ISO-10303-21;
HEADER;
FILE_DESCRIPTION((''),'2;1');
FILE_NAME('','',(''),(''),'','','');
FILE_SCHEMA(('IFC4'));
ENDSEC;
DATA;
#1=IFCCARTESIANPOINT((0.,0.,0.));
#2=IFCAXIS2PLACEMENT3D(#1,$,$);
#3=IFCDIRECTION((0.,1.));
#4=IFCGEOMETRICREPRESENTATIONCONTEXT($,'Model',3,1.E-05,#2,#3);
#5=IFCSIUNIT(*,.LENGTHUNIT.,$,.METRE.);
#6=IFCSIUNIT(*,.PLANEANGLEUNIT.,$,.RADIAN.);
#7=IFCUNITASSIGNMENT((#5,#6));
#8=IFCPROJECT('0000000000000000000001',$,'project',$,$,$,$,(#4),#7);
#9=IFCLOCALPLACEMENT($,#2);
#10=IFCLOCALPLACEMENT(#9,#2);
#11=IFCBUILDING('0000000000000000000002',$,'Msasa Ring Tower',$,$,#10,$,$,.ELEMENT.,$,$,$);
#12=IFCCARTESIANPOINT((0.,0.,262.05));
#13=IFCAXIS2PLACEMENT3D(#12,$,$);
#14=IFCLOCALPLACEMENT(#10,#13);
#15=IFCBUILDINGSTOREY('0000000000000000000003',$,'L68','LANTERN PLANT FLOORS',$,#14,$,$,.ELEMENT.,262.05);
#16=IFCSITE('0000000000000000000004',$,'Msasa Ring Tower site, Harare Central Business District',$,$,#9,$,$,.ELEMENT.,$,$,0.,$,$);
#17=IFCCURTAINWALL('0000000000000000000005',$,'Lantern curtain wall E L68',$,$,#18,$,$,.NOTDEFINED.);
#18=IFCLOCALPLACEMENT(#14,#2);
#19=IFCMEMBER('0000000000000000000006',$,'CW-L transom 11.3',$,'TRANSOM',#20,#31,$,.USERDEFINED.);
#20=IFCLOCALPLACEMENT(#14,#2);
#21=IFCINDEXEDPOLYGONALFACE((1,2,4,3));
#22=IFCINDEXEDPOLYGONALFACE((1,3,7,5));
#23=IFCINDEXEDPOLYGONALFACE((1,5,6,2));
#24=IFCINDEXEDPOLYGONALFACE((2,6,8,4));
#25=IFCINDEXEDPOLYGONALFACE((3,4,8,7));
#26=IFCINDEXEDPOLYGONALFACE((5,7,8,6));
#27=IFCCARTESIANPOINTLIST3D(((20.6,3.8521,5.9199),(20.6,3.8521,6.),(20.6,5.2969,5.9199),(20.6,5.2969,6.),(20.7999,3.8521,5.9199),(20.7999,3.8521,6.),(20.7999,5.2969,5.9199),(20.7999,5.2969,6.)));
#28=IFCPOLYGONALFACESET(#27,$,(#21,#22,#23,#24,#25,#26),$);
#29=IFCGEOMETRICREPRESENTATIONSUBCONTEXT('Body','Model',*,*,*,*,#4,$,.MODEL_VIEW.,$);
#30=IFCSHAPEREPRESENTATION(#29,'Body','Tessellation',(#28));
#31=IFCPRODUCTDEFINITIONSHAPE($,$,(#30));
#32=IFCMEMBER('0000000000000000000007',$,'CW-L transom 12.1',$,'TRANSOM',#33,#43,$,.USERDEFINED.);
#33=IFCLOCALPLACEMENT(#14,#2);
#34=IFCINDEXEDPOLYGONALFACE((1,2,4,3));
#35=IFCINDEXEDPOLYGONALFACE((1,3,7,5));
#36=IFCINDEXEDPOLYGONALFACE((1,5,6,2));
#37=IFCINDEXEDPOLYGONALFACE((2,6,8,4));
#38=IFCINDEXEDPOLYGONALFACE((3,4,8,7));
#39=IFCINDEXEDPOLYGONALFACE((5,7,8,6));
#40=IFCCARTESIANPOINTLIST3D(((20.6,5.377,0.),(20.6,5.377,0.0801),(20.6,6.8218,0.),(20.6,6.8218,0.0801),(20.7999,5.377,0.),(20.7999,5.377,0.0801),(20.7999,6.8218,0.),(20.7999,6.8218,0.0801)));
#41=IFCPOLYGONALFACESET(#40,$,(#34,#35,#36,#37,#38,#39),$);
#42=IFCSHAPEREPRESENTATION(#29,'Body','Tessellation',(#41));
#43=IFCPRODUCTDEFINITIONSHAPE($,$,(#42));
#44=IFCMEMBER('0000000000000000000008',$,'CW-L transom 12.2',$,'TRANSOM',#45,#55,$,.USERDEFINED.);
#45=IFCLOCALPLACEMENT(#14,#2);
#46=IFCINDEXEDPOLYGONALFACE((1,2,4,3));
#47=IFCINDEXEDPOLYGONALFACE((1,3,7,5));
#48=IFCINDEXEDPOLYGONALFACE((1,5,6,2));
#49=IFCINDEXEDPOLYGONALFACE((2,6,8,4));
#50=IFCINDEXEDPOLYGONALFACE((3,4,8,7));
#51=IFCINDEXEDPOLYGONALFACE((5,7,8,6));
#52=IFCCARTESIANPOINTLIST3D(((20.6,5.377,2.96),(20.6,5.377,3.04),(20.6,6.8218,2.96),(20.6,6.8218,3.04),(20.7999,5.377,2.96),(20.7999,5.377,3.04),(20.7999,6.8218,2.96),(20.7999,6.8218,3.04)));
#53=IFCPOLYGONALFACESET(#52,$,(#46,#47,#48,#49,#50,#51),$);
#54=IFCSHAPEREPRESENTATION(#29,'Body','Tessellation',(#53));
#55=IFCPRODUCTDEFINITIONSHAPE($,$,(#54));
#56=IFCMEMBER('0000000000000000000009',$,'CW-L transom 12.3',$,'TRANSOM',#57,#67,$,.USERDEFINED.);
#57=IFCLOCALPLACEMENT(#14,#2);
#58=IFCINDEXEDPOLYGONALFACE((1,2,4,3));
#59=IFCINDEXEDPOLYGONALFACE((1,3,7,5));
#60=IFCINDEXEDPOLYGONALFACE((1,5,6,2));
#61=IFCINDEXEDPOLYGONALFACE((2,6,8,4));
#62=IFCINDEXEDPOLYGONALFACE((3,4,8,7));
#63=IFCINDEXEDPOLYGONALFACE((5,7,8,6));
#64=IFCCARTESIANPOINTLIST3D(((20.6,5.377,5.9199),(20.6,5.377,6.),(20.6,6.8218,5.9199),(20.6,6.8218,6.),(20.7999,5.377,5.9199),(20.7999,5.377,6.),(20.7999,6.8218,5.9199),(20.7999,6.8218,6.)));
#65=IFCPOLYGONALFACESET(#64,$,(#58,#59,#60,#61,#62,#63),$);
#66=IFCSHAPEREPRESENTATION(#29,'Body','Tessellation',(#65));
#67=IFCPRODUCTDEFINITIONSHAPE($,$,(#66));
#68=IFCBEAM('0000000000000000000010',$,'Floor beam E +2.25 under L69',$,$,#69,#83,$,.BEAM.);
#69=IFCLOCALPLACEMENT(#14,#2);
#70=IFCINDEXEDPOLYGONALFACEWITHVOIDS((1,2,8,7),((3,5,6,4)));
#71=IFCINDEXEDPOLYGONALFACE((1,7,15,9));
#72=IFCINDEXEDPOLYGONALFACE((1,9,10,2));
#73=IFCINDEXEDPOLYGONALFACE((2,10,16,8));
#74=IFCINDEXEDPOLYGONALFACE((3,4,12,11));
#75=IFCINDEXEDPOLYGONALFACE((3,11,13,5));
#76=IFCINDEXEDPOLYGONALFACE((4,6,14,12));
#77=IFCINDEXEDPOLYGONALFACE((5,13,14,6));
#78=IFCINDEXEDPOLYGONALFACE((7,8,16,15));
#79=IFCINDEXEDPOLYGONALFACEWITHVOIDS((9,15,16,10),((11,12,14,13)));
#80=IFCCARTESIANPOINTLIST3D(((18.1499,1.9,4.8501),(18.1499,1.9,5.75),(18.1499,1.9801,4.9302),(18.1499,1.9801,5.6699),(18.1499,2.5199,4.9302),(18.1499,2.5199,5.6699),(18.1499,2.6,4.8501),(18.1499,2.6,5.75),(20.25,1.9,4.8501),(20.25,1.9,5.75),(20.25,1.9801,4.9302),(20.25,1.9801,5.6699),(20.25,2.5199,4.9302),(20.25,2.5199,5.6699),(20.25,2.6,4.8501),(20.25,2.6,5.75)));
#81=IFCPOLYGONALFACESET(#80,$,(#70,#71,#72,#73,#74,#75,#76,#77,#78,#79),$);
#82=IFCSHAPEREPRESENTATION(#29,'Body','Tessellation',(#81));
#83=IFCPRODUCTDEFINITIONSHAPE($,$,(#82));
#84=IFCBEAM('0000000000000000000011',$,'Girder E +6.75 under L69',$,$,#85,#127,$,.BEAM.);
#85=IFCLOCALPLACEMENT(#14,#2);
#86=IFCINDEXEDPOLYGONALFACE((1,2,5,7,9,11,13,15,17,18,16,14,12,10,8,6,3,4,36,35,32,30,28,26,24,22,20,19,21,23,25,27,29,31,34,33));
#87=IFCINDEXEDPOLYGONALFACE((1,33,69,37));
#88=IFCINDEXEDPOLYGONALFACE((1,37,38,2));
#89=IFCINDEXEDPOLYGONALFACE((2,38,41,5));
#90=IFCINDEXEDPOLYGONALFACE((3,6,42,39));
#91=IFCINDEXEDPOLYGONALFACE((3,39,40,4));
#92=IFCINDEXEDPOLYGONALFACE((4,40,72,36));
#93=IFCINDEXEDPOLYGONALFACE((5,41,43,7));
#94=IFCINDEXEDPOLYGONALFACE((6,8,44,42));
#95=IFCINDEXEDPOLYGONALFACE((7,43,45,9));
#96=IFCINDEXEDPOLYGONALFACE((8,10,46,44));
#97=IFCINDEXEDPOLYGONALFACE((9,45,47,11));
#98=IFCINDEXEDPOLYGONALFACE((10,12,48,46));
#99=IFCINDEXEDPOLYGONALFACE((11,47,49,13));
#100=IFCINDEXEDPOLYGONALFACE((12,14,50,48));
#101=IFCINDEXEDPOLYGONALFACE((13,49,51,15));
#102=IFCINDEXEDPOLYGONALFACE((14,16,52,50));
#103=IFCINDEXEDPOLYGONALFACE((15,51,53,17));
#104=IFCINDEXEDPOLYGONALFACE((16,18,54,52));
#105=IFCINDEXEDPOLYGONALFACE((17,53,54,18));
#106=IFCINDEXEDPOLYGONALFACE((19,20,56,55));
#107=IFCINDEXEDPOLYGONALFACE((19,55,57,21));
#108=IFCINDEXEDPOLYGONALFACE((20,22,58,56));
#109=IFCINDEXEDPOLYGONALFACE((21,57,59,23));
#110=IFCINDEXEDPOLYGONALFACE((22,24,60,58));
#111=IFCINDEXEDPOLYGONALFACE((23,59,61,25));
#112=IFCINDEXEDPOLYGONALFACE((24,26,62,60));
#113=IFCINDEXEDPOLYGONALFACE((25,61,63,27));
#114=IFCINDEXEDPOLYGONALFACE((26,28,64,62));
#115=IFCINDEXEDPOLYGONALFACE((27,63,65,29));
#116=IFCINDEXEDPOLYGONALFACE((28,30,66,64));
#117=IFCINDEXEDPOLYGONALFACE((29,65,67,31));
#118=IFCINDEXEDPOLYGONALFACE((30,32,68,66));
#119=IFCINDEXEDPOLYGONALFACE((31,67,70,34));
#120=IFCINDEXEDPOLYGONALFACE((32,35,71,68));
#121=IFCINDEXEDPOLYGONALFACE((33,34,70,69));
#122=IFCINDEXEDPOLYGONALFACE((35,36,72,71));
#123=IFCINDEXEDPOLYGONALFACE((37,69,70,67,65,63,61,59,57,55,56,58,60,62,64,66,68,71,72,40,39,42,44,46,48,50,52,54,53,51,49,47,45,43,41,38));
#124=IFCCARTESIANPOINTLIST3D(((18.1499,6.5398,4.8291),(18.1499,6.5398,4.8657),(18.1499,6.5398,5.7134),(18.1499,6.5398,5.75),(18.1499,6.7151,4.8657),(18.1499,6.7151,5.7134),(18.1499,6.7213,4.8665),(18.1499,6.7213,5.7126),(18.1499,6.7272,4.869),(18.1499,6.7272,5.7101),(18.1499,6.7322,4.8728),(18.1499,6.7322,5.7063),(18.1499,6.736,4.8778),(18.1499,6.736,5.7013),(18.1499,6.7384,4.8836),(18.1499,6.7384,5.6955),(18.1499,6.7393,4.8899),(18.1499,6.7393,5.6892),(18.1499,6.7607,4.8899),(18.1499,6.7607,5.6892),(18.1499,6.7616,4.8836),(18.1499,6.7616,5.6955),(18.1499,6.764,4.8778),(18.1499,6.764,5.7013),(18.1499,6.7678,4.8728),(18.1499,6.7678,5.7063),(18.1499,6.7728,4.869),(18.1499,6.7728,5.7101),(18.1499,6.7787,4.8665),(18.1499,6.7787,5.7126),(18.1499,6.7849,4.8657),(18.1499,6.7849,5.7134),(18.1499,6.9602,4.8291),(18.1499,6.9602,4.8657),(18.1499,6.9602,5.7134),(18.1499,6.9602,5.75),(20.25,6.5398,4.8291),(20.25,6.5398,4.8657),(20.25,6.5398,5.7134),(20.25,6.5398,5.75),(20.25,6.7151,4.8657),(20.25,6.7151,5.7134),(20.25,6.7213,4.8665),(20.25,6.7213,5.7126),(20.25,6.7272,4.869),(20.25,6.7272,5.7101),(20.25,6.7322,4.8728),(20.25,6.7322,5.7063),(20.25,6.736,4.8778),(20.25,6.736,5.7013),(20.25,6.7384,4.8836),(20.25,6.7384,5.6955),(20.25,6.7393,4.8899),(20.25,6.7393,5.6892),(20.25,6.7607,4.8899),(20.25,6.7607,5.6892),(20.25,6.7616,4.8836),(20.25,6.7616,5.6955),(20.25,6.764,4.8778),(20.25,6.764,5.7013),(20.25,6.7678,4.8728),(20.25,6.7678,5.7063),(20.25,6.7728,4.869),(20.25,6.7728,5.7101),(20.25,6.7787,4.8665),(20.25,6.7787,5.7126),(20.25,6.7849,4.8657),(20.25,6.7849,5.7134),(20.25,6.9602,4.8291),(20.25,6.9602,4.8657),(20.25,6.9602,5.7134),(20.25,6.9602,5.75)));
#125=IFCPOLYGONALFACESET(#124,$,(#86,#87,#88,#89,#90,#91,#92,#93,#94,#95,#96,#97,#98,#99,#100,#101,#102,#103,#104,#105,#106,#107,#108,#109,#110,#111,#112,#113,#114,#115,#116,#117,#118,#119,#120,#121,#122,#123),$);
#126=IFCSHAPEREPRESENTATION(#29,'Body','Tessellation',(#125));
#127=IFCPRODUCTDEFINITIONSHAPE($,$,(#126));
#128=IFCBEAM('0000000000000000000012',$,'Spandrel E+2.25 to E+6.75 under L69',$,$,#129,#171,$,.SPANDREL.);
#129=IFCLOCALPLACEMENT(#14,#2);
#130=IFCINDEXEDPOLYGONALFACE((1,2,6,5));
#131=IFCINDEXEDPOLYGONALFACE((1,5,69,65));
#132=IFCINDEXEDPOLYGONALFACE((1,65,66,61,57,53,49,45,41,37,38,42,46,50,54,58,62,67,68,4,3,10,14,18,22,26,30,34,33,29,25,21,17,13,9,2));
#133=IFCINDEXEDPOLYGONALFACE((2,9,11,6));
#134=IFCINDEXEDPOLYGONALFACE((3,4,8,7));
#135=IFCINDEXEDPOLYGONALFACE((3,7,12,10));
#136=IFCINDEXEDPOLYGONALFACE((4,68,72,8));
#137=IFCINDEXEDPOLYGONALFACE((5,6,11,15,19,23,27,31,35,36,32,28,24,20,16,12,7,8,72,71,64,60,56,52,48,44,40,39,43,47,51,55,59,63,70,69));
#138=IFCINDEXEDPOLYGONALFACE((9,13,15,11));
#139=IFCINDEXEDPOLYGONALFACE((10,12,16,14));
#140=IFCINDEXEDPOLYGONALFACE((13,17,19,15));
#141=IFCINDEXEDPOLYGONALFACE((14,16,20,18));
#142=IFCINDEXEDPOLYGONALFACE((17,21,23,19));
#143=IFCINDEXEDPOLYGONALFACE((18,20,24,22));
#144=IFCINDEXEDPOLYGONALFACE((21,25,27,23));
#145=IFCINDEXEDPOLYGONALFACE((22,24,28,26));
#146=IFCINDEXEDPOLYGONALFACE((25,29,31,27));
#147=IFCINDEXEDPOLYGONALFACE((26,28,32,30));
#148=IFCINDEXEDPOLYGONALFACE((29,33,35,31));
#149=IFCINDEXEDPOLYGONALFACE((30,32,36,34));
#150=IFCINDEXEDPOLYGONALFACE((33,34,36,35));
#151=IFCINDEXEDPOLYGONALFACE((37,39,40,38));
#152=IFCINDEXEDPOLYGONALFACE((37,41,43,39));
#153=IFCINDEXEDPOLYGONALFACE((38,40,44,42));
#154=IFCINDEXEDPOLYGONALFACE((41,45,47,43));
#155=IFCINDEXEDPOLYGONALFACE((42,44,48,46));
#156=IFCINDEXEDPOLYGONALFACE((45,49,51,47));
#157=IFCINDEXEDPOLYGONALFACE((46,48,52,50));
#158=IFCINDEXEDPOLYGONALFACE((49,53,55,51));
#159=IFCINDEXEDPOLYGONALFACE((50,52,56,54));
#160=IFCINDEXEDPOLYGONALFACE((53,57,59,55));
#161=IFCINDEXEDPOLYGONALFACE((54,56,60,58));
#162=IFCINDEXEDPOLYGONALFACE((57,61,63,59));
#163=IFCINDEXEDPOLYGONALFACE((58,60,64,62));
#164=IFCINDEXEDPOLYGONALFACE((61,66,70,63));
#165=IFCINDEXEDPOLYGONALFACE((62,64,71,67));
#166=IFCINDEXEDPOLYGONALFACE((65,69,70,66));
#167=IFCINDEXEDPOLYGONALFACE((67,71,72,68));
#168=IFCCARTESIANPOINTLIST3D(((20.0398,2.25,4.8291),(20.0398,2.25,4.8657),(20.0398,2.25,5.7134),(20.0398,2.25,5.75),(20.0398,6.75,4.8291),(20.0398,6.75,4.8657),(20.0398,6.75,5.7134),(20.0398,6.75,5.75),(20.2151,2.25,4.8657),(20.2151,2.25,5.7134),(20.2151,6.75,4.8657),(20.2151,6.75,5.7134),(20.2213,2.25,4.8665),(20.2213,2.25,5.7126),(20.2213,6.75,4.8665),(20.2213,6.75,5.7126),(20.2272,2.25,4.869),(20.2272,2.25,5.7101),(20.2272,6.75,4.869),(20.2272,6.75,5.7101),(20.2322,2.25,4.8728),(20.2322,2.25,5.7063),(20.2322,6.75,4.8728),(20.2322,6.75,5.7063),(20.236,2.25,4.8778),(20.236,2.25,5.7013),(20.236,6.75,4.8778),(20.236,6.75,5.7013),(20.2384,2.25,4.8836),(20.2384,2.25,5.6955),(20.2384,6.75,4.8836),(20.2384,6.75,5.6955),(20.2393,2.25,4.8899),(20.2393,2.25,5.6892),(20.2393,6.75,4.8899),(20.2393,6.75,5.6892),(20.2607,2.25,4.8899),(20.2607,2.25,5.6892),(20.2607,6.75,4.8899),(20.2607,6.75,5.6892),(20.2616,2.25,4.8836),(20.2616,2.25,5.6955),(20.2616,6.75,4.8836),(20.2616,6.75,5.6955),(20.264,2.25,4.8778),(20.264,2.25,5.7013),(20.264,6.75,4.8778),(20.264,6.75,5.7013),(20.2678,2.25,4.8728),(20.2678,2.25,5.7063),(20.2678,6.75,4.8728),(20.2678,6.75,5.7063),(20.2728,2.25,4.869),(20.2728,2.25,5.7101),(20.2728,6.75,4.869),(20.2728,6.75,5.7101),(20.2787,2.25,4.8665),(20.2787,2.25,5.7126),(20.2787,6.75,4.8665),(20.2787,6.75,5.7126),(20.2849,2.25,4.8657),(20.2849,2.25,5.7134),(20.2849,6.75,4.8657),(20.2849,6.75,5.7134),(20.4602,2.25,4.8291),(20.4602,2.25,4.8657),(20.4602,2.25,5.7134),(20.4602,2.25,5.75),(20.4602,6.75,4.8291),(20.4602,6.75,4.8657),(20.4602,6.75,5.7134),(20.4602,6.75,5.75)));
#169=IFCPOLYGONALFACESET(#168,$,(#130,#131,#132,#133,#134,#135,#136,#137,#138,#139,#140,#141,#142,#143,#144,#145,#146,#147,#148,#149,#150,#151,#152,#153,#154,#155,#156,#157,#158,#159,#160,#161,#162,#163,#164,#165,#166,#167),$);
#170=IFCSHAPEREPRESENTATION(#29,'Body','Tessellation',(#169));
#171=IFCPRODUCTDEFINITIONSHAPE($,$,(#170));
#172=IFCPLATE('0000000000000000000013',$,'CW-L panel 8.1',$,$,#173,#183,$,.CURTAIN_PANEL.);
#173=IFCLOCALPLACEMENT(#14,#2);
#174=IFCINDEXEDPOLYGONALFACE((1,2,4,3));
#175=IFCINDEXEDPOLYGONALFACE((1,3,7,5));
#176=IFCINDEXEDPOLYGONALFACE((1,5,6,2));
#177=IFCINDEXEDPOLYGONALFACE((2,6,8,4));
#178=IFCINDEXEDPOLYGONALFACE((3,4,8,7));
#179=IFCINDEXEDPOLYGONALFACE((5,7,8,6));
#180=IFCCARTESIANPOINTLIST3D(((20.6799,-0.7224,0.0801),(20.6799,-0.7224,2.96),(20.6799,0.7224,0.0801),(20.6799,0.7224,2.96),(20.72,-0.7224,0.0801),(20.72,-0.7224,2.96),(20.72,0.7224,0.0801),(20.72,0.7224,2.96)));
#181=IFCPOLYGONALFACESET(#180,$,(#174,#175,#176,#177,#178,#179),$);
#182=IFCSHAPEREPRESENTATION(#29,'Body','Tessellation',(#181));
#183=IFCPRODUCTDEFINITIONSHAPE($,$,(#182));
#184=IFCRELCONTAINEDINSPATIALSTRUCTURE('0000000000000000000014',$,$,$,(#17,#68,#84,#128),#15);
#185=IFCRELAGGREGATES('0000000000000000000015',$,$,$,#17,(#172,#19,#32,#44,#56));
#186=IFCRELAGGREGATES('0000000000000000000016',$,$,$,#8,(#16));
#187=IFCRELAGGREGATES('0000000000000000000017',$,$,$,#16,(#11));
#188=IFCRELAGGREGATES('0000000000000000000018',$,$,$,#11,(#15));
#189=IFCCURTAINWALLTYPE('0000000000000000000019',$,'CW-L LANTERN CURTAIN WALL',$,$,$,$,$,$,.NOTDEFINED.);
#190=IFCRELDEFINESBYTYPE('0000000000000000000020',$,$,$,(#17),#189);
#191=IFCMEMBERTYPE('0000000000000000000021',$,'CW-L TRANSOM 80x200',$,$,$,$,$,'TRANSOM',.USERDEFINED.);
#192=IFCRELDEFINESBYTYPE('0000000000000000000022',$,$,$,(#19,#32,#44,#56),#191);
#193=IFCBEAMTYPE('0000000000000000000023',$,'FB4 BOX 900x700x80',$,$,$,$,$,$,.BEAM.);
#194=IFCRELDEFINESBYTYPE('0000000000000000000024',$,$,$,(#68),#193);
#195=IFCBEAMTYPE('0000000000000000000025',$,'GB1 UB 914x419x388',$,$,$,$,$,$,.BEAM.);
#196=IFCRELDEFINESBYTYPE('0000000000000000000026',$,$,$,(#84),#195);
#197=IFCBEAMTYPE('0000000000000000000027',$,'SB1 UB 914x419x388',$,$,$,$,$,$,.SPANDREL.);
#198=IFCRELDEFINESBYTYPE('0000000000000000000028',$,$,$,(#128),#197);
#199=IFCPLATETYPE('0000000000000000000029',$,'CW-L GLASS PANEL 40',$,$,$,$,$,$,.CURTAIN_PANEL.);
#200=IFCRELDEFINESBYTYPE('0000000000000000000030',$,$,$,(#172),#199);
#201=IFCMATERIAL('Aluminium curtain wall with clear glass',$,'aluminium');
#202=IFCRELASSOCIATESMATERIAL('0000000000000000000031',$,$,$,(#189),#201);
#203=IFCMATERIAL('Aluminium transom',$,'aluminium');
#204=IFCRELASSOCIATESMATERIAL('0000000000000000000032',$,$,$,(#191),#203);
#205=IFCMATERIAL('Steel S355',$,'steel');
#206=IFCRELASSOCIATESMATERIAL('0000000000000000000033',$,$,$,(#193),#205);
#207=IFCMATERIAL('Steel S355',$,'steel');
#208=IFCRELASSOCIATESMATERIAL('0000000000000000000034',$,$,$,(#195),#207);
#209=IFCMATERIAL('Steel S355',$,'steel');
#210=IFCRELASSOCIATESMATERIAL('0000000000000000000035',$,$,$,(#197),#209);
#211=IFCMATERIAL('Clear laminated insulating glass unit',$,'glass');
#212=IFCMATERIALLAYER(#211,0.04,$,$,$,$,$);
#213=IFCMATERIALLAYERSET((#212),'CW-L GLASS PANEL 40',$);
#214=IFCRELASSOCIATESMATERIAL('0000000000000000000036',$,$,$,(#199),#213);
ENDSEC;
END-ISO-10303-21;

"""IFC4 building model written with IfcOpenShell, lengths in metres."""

from ifc_helpers import new_model, si_unit, direction, frame, origin, origin_2d, place, context, subcontext, project, spatial, rectangle, hollow_rectangle, i_section, extrude, material, layer, layer_set, material_profile, profile_set, type_object, element, aggregate, save


model = new_model("IFC4")

# Units and contexts
model_context = context("Model", 3, precision=1e-05, world=origin(), true_north=direction((0.0, 1.0)))
body_context = subcontext(model_context, "Body", "Model", "MODEL_VIEW")
ifc_project = project(units=[si_unit("LENGTHUNIT", "METRE"), si_unit("PLANEANGLEUNIT", "RADIAN")], contexts=[model_context])

# Site, building, storey
site_placement = place(None, origin())
site = spatial("IfcSite", under=ifc_project, at=site_placement, Name="Msasa Ring Tower site, Harare Central Business District", CompositionType="ELEMENT", RefElevation=0.0)
building_placement = place(site_placement, origin())
building = spatial("IfcBuilding", under=site, at=building_placement, Name="Msasa Ring Tower", CompositionType="ELEMENT")
storey_placement = place(building_placement, frame((0.0, 0.0, 262.05)))
storey = spatial("IfcBuildingStorey", under=building, at=storey_placement, Name="L68", Description="LANTERN PLANT FLOORS", CompositionType="ELEMENT", Elevation=262.05)

# Curtain wall, members
ifc_material_1 = material(Name="Aluminium curtain wall with clear glass", Category="aluminium")
curtain_wall_type = type_object("IfcCurtainWallType", Name="CW-L LANTERN CURTAIN WALL", PredefinedType="NOTDEFINED", material=ifc_material_1)
curtain_wall_placement = place(storey_placement, origin())
curtain_wall = element("IfcCurtainWall", 1, at=curtain_wall_placement, inside=storey, type_object=curtain_wall_type, Name="Lantern curtain wall E L68", PredefinedType="NOTDEFINED")
ifc_material_2 = material(Name="Aluminium transom", Category="aluminium")
ifc_material_profile_1 = material_profile(ifc_material_2, rectangle(XDim=0.2, YDim=0.0801, at=origin_2d()), Name="AL 80x200")
ifc_profile_set_1 = profile_set([ifc_material_profile_1], Name="Aluminium transom")
member_type_1 = type_object("IfcMemberType", Name="CW-L TRANSOM 80x200", ElementType="TRANSOM", PredefinedType="USERDEFINED", material=ifc_profile_set_1)
member_1_placement = place(storey_placement, frame((20.7, 3.8521, 5.96), z_axis=(0.0, 1.0, 0.0), x_axis=(-1.0, 0.0, 0.0)))
member_1 = element("IfcMember", 2, at=member_1_placement, type_object=member_type_1, Name="CW-L transom 11.3", ObjectType="TRANSOM", PredefinedType="USERDEFINED", context=body_context, shape_type="SweptSolid", body=[
    extrude(rectangle(XDim=0.2, YDim=0.0801, at=origin_2d()), origin(), (0.0, 0.0, 1.0), 1.4448),
])
member_2_placement = place(storey_placement, frame((20.7, 5.377, 0.04), z_axis=(0.0, 1.0, 0.0), x_axis=(-1.0, 0.0, 0.0)))
member_2 = element("IfcMember", 3, at=member_2_placement, type_object=member_type_1, Name="CW-L transom 12.1", ObjectType="TRANSOM", PredefinedType="USERDEFINED", context=body_context, shape_type="SweptSolid", body=[
    extrude(rectangle(XDim=0.2, YDim=0.0801, at=origin_2d()), origin(), (0.0, 0.0, 1.0), 1.4448),
])
member_3_placement = place(storey_placement, frame((20.7, 5.377, 3.0), z_axis=(0.0, 1.0, 0.0), x_axis=(-1.0, 0.0, 0.0)))
member_3 = element("IfcMember", 4, at=member_3_placement, type_object=member_type_1, Name="CW-L transom 12.2", ObjectType="TRANSOM", PredefinedType="USERDEFINED", context=body_context, shape_type="SweptSolid", body=[
    extrude(rectangle(XDim=0.2, YDim=0.0801, at=origin_2d()), origin(), (0.0, 0.0, 1.0), 1.4448),
])
member_4_placement = place(storey_placement, frame((20.7, 5.377, 5.96), z_axis=(0.0, 1.0, 0.0), x_axis=(-1.0, 0.0, 0.0)))
member_4 = element("IfcMember", 5, at=member_4_placement, type_object=member_type_1, Name="CW-L transom 12.3", ObjectType="TRANSOM", PredefinedType="USERDEFINED", context=body_context, shape_type="SweptSolid", body=[
    extrude(rectangle(XDim=0.2, YDim=0.0801, at=origin_2d()), origin(), (0.0, 0.0, 1.0), 1.4448),
])

# Beams
ifc_material_3 = material(Name="Steel S355", Category="steel")
ifc_material_profile_2 = material_profile(ifc_material_3, hollow_rectangle(XDim=0.7, YDim=0.8999, WallThickness=0.0801, at=origin_2d()), Name="BOX 900x700x80")
ifc_profile_set_2 = profile_set([ifc_material_profile_2], Name="Steel S355")
beam_type_1 = type_object("IfcBeamType", Name="FB4 BOX 900x700x80", PredefinedType="BEAM", material=ifc_profile_set_2)
beam_1_placement = place(storey_placement, frame((20.25, 2.25, 5.3), z_axis=(-1.0, 0.0, 0.0), x_axis=(0.0, -1.0, 0.0)))
element("IfcBeam", 6, at=beam_1_placement, inside=storey, type_object=beam_type_1, Name="Floor beam E +2.25 under L69", PredefinedType="BEAM", context=body_context, shape_type="SweptSolid", body=[
    extrude(hollow_rectangle(XDim=0.7, YDim=0.8999, WallThickness=0.0801, at=origin_2d()), origin(), (0.0, 0.0, 1.0), 2.1001),
])
ifc_material_4 = material(Name="Steel S355", Category="steel")
ifc_material_profile_3 = material_profile(ifc_material_4, i_section(OverallWidth=0.4204, OverallDepth=0.9209, WebThickness=0.0215, FlangeThickness=0.0366, FilletRadius=0.0242, at=origin_2d()), Name="UB 914x419x388")
ifc_profile_set_3 = profile_set([ifc_material_profile_3], Name="Steel S355")
beam_type_2 = type_object("IfcBeamType", Name="GB1 UB 914x419x388", PredefinedType="BEAM", material=ifc_profile_set_3)
beam_2_placement = place(storey_placement, frame((18.1499, 6.75, 5.2896), z_axis=(1.0, 0.0, 0.0), x_axis=(0.0, 1.0, 0.0)))
element("IfcBeam", 7, at=beam_2_placement, inside=storey, type_object=beam_type_2, Name="Girder E +6.75 under L69", PredefinedType="BEAM", context=body_context, shape_type="SweptSolid", body=[
    extrude(i_section(OverallWidth=0.4204, OverallDepth=0.9209, WebThickness=0.0215, FlangeThickness=0.0366, FilletRadius=0.0242, at=origin_2d()), origin(), (0.0, 0.0, 1.0), 2.1001),
])
ifc_material_5 = material(Name="Steel S355", Category="steel")
ifc_material_profile_4 = material_profile(ifc_material_5, i_section(OverallWidth=0.4204, OverallDepth=0.9209, WebThickness=0.0215, FlangeThickness=0.0366, FilletRadius=0.0242, at=origin_2d()), Name="UB 914x419x388")
ifc_profile_set_4 = profile_set([ifc_material_profile_4], Name="Steel S355")
beam_type_3 = type_object("IfcBeamType", Name="SB1 UB 914x419x388", PredefinedType="SPANDREL", material=ifc_profile_set_4)
beam_3_placement = place(storey_placement, frame((20.25, 2.25, 5.2896), z_axis=(0.0, 1.0, 0.0), x_axis=(-1.0, 0.0, 0.0)))
element("IfcBeam", 8, at=beam_3_placement, inside=storey, type_object=beam_type_3, Name="Spandrel E+2.25 to E+6.75 under L69", PredefinedType="SPANDREL", context=body_context, shape_type="SweptSolid", body=[
    extrude(i_section(OverallWidth=0.4204, OverallDepth=0.9209, WebThickness=0.0215, FlangeThickness=0.0366, FilletRadius=0.0242, at=origin_2d()), origin(), (0.0, 0.0, 1.0), 4.5),
])

# Plate
ifc_material_6 = material(Name="Clear laminated insulating glass unit", Category="glass")
ifc_layer_1 = layer(ifc_material_6, 0.04)
ifc_layer_set_1 = layer_set([ifc_layer_1], Name="CW-L GLASS PANEL 40")
plate_type = type_object("IfcPlateType", Name="CW-L GLASS PANEL 40", PredefinedType="CURTAIN_PANEL", material=ifc_layer_set_1)
plate_1_placement = place(storey_placement, frame((20.7, 0.0, 0.0801), z_axis=(0.0, 0.0, 1.0), x_axis=(0.0, 1.0, 0.0)))
plate_1 = element("IfcPlate", 9, at=plate_1_placement, type_object=plate_type, Name="CW-L panel 8.1", PredefinedType="CURTAIN_PANEL", context=body_context, shape_type="SweptSolid", body=[
    extrude(rectangle(XDim=1.4448, YDim=0.04, at=origin_2d()), origin(), (0.0, 0.0, 1.0), 2.8799),
])
aggregate(curtain_wall, [plate_1, member_1, member_2, member_3, member_4])

save(model, "model.ifc")
